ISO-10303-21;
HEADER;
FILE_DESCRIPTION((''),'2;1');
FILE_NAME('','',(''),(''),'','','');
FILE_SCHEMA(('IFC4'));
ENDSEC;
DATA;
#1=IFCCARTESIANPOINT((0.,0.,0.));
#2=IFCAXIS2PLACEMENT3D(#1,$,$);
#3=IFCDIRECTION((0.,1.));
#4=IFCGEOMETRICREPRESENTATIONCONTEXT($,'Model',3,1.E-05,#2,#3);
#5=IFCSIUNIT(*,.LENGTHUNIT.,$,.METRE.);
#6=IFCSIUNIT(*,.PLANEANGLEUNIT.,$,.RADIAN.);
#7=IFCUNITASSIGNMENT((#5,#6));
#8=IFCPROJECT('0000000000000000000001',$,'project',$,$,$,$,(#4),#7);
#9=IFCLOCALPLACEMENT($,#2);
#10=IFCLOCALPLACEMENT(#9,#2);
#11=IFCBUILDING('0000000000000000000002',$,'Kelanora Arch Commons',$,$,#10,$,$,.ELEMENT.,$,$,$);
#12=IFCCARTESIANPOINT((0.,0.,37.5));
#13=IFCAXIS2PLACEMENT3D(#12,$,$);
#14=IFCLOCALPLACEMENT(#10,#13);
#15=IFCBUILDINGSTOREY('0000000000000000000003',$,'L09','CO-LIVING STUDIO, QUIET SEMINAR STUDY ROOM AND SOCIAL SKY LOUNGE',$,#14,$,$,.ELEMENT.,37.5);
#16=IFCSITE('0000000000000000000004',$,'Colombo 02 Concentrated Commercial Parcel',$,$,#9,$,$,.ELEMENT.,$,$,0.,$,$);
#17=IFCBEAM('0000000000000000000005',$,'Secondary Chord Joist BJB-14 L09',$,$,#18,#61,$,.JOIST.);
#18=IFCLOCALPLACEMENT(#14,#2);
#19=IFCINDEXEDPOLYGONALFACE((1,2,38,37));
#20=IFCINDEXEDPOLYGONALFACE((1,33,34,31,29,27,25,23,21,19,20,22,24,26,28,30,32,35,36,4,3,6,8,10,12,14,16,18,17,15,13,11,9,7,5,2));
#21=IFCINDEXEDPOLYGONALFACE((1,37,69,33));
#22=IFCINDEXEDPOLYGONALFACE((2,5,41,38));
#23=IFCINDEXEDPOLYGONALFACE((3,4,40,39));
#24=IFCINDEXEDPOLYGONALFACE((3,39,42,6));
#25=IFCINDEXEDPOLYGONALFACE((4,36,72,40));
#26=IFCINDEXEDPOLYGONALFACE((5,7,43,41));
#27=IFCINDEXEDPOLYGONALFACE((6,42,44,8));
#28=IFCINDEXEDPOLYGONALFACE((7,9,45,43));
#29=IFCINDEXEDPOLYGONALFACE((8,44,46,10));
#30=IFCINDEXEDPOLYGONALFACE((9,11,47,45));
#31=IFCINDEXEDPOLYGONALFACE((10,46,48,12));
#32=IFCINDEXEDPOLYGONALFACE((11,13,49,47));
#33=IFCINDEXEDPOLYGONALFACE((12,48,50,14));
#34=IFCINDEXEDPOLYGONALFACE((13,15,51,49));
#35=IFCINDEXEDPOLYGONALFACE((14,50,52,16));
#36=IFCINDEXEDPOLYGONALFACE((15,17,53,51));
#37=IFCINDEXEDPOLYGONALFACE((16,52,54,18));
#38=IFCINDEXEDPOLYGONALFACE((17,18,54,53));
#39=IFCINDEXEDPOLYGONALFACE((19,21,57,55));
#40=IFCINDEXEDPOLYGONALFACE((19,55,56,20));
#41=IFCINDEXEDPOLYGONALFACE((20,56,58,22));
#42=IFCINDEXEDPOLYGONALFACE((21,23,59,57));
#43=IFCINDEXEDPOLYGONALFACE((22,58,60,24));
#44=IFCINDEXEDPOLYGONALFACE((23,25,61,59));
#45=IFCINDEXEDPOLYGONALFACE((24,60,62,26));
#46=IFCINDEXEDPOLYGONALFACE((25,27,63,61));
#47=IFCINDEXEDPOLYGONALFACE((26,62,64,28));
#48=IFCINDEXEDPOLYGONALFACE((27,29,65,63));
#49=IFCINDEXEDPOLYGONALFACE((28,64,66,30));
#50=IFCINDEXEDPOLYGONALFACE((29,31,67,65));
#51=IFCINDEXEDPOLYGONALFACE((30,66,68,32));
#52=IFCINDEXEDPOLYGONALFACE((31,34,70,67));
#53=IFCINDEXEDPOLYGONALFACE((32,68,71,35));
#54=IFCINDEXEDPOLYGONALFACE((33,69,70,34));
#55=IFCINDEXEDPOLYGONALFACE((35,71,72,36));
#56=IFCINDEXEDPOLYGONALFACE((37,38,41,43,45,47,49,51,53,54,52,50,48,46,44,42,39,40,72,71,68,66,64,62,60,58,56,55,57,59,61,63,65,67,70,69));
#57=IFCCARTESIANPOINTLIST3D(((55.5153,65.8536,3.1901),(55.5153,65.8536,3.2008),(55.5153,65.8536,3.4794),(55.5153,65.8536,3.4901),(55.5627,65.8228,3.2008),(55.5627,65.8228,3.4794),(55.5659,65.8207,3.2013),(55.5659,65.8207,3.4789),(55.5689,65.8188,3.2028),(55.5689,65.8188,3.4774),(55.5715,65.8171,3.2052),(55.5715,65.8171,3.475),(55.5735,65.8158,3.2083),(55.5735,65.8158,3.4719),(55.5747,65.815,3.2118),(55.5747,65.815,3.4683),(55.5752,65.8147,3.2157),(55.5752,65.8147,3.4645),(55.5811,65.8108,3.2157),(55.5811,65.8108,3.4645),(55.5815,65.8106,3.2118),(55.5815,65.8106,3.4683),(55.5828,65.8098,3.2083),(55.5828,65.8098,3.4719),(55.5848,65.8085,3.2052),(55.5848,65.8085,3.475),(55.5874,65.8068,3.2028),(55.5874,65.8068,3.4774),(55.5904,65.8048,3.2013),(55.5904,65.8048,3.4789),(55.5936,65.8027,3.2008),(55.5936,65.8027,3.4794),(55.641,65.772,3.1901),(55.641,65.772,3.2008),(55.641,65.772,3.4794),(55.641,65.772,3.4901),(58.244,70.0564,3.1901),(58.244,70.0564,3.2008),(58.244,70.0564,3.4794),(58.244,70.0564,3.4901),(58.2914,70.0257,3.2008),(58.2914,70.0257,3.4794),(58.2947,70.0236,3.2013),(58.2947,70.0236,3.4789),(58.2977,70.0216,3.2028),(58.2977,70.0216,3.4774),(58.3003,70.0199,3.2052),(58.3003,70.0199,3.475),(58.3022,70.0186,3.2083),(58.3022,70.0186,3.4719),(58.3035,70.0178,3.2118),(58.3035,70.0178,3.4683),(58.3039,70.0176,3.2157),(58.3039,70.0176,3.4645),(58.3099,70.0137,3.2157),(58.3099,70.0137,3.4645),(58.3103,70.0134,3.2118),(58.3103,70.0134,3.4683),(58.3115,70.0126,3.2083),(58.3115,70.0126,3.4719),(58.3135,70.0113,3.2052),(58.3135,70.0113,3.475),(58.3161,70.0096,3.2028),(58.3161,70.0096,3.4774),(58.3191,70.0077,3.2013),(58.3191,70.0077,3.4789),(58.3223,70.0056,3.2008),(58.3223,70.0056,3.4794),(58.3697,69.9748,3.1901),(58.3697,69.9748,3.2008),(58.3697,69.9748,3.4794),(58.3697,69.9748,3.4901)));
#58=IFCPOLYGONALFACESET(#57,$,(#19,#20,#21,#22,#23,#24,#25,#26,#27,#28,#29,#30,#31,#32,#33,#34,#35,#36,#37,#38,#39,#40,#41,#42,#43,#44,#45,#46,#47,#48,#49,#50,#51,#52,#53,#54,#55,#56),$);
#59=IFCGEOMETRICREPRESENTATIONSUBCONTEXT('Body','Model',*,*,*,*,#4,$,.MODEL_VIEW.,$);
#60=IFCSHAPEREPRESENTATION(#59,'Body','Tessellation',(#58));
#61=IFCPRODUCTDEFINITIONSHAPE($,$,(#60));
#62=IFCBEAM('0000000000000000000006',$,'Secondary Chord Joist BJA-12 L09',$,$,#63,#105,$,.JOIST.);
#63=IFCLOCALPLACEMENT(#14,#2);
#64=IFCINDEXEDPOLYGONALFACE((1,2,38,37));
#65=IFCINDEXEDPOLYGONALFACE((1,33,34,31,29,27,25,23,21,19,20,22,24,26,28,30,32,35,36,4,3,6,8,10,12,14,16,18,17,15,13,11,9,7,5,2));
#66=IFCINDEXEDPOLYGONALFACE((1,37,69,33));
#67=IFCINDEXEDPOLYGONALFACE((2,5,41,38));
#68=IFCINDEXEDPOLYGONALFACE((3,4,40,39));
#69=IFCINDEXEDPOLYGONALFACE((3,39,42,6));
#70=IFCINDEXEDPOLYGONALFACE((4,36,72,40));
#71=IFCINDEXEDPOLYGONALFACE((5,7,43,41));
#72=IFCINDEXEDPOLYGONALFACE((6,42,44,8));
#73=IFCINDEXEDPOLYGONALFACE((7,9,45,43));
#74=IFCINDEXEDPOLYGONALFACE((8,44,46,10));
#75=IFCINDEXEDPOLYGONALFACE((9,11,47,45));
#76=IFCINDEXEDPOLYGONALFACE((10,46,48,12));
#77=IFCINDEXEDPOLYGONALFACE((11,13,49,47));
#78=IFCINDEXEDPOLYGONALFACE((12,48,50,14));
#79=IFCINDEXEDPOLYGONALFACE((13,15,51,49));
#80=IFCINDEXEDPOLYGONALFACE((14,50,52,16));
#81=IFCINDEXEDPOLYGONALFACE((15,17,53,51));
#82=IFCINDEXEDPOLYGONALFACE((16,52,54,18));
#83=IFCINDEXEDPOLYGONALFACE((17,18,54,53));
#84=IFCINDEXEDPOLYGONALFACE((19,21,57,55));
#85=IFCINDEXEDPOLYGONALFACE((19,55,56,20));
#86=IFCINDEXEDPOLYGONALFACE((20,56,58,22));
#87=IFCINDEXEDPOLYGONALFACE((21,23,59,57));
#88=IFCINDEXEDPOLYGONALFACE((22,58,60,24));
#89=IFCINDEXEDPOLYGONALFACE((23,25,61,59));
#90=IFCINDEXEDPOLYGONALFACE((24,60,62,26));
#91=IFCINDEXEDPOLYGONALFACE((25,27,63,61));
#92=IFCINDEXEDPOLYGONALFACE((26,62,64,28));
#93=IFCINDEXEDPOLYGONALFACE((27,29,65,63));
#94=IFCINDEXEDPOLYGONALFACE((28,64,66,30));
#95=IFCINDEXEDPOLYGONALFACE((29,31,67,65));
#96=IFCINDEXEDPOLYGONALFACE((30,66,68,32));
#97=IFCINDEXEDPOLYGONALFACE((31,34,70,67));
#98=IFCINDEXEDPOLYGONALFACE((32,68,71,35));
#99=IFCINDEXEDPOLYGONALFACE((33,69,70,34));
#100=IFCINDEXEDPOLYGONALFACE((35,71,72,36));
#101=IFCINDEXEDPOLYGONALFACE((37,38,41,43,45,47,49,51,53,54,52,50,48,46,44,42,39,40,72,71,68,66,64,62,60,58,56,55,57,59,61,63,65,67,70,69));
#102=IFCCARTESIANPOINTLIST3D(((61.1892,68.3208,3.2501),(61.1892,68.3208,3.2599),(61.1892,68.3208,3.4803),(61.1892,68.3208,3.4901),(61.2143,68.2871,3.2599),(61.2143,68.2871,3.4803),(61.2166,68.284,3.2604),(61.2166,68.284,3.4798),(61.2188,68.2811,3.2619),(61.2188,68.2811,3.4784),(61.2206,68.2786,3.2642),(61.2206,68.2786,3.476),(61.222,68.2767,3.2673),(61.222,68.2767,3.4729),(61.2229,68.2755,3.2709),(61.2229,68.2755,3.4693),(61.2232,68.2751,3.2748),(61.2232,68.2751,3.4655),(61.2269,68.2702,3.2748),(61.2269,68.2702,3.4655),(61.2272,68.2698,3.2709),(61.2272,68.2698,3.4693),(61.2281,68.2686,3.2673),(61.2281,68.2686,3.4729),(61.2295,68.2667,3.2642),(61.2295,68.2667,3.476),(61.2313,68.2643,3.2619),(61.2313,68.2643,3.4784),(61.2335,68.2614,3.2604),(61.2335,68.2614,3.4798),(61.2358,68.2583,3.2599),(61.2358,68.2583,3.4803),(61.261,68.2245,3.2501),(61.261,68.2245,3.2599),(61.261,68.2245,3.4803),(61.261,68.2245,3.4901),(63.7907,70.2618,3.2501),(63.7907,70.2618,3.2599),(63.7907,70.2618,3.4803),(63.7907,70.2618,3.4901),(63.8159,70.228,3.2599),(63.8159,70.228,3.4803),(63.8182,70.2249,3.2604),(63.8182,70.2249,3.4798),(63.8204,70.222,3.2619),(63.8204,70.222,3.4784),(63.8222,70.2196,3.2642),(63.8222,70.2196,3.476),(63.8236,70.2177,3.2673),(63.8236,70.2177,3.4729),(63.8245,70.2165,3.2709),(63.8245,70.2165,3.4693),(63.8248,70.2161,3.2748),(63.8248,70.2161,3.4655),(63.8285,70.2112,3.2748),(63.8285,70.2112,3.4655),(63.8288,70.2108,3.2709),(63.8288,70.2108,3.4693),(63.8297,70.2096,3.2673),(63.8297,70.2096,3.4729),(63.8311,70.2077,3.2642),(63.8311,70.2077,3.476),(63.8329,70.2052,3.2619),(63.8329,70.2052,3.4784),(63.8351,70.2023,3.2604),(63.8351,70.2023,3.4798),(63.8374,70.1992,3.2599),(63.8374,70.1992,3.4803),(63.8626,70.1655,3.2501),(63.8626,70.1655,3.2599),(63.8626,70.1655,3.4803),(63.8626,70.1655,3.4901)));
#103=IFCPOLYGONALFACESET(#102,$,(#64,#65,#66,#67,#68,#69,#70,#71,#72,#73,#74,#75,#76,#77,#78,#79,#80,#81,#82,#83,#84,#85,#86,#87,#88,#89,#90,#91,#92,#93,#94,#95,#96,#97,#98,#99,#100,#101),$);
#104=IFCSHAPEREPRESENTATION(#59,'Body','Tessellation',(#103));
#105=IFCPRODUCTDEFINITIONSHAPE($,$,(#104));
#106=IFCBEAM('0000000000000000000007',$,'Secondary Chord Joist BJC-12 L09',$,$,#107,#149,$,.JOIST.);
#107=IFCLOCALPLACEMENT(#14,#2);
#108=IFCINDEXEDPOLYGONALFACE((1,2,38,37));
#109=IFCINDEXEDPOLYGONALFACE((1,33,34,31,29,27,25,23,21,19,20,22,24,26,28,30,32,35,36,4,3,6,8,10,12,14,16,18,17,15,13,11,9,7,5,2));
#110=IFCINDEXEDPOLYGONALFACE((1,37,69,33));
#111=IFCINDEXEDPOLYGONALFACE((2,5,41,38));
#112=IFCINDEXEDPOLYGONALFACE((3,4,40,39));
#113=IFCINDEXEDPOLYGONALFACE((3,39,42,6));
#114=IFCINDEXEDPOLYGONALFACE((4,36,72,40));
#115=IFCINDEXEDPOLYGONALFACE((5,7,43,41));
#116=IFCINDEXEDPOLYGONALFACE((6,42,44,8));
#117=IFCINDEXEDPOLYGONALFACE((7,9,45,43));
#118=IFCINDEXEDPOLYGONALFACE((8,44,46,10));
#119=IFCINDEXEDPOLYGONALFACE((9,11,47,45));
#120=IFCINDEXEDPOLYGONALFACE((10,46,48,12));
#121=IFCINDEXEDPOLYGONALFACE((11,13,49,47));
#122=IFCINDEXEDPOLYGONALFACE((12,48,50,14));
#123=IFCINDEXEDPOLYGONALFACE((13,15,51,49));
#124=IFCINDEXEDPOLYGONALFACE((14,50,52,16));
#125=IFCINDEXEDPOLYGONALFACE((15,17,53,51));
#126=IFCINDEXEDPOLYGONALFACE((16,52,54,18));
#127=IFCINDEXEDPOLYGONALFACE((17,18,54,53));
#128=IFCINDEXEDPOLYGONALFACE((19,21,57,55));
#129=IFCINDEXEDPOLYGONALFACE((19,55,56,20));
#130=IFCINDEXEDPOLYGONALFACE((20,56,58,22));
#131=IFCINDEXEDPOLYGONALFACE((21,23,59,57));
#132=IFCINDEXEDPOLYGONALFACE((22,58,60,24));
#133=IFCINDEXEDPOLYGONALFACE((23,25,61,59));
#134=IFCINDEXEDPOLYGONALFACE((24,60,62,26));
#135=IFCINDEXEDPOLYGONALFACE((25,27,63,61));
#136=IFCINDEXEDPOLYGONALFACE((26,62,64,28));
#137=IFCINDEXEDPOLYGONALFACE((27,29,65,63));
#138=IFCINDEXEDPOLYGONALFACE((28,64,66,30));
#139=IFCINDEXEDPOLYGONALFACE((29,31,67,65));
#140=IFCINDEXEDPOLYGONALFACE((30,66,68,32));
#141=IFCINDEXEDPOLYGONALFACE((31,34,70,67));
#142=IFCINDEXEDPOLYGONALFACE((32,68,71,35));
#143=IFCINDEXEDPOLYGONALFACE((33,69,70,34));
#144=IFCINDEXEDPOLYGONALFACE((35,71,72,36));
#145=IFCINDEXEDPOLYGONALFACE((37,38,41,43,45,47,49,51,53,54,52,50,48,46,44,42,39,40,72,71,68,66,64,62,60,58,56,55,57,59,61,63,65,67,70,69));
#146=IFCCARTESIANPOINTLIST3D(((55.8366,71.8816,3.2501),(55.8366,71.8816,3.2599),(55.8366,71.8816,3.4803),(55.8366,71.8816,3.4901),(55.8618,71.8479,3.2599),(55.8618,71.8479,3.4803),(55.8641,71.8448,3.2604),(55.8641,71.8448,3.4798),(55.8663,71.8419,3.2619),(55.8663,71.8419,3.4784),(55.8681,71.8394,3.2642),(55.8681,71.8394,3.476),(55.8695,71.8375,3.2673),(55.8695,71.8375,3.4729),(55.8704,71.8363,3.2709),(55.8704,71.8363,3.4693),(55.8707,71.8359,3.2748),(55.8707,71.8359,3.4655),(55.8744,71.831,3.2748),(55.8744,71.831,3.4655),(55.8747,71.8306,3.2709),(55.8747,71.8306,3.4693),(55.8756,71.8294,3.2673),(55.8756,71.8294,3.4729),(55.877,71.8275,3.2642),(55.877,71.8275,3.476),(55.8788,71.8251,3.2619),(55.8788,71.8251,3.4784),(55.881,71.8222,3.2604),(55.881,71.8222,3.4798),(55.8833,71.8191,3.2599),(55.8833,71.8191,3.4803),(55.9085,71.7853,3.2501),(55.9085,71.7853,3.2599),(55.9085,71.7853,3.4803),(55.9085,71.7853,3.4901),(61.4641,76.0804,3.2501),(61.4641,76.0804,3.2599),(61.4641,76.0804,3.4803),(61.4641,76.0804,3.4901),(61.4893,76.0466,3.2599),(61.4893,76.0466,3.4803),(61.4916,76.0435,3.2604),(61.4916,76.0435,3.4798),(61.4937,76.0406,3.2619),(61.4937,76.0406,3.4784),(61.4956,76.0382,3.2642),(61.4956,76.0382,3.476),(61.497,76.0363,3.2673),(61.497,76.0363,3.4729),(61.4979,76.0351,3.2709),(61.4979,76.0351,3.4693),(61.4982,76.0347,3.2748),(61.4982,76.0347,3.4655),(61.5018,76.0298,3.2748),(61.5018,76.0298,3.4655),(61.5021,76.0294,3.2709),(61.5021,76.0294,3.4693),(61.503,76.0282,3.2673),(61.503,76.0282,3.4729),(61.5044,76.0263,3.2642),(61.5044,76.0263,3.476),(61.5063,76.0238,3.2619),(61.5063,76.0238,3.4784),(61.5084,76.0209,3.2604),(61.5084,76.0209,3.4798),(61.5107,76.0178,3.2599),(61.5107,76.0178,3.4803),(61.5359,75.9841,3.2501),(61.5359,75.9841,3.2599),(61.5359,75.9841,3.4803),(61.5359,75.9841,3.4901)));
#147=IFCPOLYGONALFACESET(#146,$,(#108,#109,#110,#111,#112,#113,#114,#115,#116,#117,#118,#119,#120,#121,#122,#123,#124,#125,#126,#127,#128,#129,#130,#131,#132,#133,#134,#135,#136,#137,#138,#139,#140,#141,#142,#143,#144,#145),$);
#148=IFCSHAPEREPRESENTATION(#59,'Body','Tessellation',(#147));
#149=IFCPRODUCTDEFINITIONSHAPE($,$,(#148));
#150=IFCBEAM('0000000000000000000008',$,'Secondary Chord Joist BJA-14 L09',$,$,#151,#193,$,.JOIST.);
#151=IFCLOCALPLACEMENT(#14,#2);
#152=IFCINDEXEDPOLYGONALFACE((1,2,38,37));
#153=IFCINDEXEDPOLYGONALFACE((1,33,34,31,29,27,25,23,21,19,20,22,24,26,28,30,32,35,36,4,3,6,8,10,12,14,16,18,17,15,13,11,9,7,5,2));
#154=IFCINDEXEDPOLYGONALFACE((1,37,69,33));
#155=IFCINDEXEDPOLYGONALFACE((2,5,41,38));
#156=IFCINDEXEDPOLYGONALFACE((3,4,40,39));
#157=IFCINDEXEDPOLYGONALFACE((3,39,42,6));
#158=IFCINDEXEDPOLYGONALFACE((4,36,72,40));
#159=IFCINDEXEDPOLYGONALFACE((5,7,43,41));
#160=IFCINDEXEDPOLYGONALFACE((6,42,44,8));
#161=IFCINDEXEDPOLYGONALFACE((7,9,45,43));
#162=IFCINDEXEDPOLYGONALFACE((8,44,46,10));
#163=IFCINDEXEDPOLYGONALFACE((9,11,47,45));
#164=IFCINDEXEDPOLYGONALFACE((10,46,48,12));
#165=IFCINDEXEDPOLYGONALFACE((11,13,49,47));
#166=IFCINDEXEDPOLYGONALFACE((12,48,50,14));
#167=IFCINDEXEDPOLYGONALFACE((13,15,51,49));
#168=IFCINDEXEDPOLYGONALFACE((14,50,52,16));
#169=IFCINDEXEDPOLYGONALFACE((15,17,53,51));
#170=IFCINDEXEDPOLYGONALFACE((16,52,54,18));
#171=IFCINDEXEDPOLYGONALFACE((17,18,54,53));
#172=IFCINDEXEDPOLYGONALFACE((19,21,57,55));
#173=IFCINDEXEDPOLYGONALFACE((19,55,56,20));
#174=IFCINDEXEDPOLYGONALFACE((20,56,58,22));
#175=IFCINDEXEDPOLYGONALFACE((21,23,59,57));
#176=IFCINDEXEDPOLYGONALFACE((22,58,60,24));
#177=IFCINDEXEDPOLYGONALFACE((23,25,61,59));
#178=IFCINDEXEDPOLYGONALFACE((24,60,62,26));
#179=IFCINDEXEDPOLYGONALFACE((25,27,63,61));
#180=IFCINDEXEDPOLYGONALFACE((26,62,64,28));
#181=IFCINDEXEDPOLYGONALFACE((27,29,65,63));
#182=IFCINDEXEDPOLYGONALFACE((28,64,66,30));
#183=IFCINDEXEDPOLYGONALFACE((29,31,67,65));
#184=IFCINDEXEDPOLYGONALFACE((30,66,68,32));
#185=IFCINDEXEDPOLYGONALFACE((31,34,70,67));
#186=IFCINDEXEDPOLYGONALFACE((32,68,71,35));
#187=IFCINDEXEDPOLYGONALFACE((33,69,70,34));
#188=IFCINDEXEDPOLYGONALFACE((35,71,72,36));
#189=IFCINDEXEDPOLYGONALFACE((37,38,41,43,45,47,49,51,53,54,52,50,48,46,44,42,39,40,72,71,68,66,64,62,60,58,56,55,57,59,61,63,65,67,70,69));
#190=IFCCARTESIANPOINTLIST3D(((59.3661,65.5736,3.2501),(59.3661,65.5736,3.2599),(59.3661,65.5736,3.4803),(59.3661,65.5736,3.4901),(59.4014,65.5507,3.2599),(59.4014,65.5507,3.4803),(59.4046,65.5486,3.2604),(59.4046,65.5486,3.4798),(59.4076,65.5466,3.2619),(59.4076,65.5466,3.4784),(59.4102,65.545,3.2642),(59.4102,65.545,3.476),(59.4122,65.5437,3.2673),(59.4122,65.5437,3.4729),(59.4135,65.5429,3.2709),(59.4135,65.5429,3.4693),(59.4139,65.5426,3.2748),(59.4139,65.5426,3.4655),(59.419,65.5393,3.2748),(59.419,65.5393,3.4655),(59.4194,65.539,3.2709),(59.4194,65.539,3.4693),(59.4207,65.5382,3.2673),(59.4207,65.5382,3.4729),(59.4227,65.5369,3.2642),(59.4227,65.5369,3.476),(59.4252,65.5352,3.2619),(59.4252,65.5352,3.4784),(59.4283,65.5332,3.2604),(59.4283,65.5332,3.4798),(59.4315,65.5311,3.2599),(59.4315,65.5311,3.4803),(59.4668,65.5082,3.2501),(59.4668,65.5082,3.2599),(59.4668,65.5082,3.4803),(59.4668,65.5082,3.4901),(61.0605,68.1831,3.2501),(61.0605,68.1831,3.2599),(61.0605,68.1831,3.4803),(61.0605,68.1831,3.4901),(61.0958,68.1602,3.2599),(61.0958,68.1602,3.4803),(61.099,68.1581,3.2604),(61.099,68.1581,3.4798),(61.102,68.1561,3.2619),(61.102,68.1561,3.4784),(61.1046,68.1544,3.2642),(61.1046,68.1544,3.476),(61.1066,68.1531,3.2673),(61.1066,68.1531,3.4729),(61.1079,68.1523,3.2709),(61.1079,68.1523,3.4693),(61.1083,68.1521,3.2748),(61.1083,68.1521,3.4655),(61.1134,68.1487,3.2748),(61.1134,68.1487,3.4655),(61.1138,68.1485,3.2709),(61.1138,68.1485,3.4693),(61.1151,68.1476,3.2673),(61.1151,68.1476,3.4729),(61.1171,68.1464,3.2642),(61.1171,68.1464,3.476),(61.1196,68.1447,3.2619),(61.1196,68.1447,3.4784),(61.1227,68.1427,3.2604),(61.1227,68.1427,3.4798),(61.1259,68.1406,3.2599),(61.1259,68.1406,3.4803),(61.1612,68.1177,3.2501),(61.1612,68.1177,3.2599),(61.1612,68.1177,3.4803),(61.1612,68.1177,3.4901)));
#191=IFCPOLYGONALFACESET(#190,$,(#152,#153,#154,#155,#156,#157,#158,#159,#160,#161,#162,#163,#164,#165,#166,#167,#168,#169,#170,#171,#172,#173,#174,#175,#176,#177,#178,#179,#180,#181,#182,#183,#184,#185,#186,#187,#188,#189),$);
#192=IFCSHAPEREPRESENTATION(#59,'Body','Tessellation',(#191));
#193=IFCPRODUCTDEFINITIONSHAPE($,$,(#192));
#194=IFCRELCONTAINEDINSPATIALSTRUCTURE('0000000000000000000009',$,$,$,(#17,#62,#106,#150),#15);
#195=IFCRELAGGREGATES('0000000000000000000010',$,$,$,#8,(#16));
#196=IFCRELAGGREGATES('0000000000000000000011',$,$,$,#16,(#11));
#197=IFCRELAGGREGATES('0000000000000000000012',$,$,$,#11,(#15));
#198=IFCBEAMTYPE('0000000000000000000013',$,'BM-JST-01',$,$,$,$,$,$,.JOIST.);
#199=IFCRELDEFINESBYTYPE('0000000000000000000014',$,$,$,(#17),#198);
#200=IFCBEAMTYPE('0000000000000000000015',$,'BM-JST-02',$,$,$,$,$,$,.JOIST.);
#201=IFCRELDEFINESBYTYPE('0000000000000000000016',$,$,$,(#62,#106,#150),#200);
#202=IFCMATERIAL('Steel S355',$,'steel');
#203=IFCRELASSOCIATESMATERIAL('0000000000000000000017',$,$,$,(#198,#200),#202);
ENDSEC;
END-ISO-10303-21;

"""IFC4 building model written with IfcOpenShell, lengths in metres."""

from ifc_helpers import new_model, si_unit, direction, frame, origin, origin_2d, place, context, subcontext, project, spatial, i_section, extrude, material, material_profile, profile_set, type_object, element, save


model = new_model("IFC4")

# Units and contexts
model_context = context("Model", 3, precision=1e-05, world=origin(), true_north=direction((0.0, 1.0)))
body_context = subcontext(model_context, "Body", "Model", "MODEL_VIEW")
ifc_project = project(units=[si_unit("LENGTHUNIT", "METRE"), si_unit("PLANEANGLEUNIT", "RADIAN")], contexts=[model_context])

# Site, building, storey
site_placement = place(None, origin())
site = spatial("IfcSite", under=ifc_project, at=site_placement, Name="Colombo 02 Concentrated Commercial Parcel", CompositionType="ELEMENT", RefElevation=0.0)
building_placement = place(site_placement, origin())
building = spatial("IfcBuilding", under=site, at=building_placement, Name="Kelanora Arch Commons", CompositionType="ELEMENT")
storey_placement = place(building_placement, frame((0.0, 0.0, 37.5)))
storey = spatial("IfcBuildingStorey", under=building, at=storey_placement, Name="L09", Description="CO-LIVING STUDIO, QUIET SEMINAR STUDY ROOM AND SOCIAL SKY LOUNGE", CompositionType="ELEMENT", Elevation=37.5)

# Beams
ifc_material_1 = material(Name="Steel S355", Category="steel")
ifc_material_profile_1 = material_profile(ifc_material_1, i_section(OverallWidth=0.1499, OverallDepth=0.3, WebThickness=0.0071, FlangeThickness=0.0107, FilletRadius=0.0149, at=origin_2d()), Name="IPE300")
ifc_profile_set_1 = profile_set([ifc_material_profile_1], Name="Steel S355")
beam_type_1 = type_object("IfcBeamType", Name="BM-JST-01", PredefinedType="JOIST", material=ifc_profile_set_1)
beam_1_placement = place(storey_placement, frame((58.3069, 70.0156, 3.3401), z_axis=(-0.544552, -0.838727, 0.0), x_axis=(0.838727, -0.544552, 0.0)))
element("IfcBeam", 1, at=beam_1_placement, inside=storey, type_object=beam_type_1, Name="Secondary Chord Joist BJB-14 L09", PredefinedType="JOIST", context=body_context, shape_type="SweptSolid", body=[
    extrude(i_section(OverallWidth=0.1499, OverallDepth=0.3, WebThickness=0.0071, FlangeThickness=0.0107, FilletRadius=0.0149, at=origin_2d()), origin(), (0.0, 0.0, 1.0), 5.011),
])
ifc_material_profile_2 = material_profile(ifc_material_1, i_section(OverallWidth=0.1201, OverallDepth=0.24, WebThickness=0.0061, FlangeThickness=0.0098, FilletRadius=0.0149, at=origin_2d()), Name="IPE240")
ifc_profile_set_2 = profile_set([ifc_material_profile_2], Name="Steel S355")
beam_type_2 = type_object("IfcBeamType", Name="BM-JST-02", PredefinedType="JOIST", material=ifc_profile_set_2)
beam_2_placement = place(storey_placement, frame((63.8267, 70.2136, 3.3701), z_axis=(-0.801514, -0.597976, 0.0), x_axis=(0.597976, -0.801514, 0.0)))
element("IfcBeam", 2, at=beam_2_placement, inside=storey, type_object=beam_type_2, Name="Secondary Chord Joist BJA-12 L09", PredefinedType="JOIST", context=body_context, shape_type="SweptSolid", body=[
    extrude(i_section(OverallWidth=0.1201, OverallDepth=0.24, WebThickness=0.0061, FlangeThickness=0.0098, FilletRadius=0.0149, at=origin_2d()), origin(), (0.0, 0.0, 1.0), 3.2458),
])
beam_3_placement = place(storey_placement, frame((61.5, 76.0322, 3.3701), z_axis=(-0.801491, -0.598006, 0.0), x_axis=(0.598006, -0.801491, 0.0)))
element("IfcBeam", 3, at=beam_3_placement, inside=storey, type_object=beam_type_2, Name="Secondary Chord Joist BJC-12 L09", PredefinedType="JOIST", context=body_context, shape_type="SweptSolid", body=[
    extrude(i_section(OverallWidth=0.1201, OverallDepth=0.24, WebThickness=0.0061, FlangeThickness=0.0098, FilletRadius=0.0149, at=origin_2d()), origin(), (0.0, 0.0, 1.0), 7.0212),
])
beam_4_placement = place(storey_placement, frame((61.1108, 68.1504, 3.3701), z_axis=(-0.544591, -0.838702, 0.0), x_axis=(0.838702, -0.544591, 0.0)))
element("IfcBeam", 4, at=beam_4_placement, inside=storey, type_object=beam_type_2, Name="Secondary Chord Joist BJA-14 L09", PredefinedType="JOIST", context=body_context, shape_type="SweptSolid", body=[
    extrude(i_section(OverallWidth=0.1201, OverallDepth=0.24, WebThickness=0.0061, FlangeThickness=0.0098, FilletRadius=0.0149, at=origin_2d()), origin(), (0.0, 0.0, 1.0), 3.1113),
])

save(model, "model.ifc")
